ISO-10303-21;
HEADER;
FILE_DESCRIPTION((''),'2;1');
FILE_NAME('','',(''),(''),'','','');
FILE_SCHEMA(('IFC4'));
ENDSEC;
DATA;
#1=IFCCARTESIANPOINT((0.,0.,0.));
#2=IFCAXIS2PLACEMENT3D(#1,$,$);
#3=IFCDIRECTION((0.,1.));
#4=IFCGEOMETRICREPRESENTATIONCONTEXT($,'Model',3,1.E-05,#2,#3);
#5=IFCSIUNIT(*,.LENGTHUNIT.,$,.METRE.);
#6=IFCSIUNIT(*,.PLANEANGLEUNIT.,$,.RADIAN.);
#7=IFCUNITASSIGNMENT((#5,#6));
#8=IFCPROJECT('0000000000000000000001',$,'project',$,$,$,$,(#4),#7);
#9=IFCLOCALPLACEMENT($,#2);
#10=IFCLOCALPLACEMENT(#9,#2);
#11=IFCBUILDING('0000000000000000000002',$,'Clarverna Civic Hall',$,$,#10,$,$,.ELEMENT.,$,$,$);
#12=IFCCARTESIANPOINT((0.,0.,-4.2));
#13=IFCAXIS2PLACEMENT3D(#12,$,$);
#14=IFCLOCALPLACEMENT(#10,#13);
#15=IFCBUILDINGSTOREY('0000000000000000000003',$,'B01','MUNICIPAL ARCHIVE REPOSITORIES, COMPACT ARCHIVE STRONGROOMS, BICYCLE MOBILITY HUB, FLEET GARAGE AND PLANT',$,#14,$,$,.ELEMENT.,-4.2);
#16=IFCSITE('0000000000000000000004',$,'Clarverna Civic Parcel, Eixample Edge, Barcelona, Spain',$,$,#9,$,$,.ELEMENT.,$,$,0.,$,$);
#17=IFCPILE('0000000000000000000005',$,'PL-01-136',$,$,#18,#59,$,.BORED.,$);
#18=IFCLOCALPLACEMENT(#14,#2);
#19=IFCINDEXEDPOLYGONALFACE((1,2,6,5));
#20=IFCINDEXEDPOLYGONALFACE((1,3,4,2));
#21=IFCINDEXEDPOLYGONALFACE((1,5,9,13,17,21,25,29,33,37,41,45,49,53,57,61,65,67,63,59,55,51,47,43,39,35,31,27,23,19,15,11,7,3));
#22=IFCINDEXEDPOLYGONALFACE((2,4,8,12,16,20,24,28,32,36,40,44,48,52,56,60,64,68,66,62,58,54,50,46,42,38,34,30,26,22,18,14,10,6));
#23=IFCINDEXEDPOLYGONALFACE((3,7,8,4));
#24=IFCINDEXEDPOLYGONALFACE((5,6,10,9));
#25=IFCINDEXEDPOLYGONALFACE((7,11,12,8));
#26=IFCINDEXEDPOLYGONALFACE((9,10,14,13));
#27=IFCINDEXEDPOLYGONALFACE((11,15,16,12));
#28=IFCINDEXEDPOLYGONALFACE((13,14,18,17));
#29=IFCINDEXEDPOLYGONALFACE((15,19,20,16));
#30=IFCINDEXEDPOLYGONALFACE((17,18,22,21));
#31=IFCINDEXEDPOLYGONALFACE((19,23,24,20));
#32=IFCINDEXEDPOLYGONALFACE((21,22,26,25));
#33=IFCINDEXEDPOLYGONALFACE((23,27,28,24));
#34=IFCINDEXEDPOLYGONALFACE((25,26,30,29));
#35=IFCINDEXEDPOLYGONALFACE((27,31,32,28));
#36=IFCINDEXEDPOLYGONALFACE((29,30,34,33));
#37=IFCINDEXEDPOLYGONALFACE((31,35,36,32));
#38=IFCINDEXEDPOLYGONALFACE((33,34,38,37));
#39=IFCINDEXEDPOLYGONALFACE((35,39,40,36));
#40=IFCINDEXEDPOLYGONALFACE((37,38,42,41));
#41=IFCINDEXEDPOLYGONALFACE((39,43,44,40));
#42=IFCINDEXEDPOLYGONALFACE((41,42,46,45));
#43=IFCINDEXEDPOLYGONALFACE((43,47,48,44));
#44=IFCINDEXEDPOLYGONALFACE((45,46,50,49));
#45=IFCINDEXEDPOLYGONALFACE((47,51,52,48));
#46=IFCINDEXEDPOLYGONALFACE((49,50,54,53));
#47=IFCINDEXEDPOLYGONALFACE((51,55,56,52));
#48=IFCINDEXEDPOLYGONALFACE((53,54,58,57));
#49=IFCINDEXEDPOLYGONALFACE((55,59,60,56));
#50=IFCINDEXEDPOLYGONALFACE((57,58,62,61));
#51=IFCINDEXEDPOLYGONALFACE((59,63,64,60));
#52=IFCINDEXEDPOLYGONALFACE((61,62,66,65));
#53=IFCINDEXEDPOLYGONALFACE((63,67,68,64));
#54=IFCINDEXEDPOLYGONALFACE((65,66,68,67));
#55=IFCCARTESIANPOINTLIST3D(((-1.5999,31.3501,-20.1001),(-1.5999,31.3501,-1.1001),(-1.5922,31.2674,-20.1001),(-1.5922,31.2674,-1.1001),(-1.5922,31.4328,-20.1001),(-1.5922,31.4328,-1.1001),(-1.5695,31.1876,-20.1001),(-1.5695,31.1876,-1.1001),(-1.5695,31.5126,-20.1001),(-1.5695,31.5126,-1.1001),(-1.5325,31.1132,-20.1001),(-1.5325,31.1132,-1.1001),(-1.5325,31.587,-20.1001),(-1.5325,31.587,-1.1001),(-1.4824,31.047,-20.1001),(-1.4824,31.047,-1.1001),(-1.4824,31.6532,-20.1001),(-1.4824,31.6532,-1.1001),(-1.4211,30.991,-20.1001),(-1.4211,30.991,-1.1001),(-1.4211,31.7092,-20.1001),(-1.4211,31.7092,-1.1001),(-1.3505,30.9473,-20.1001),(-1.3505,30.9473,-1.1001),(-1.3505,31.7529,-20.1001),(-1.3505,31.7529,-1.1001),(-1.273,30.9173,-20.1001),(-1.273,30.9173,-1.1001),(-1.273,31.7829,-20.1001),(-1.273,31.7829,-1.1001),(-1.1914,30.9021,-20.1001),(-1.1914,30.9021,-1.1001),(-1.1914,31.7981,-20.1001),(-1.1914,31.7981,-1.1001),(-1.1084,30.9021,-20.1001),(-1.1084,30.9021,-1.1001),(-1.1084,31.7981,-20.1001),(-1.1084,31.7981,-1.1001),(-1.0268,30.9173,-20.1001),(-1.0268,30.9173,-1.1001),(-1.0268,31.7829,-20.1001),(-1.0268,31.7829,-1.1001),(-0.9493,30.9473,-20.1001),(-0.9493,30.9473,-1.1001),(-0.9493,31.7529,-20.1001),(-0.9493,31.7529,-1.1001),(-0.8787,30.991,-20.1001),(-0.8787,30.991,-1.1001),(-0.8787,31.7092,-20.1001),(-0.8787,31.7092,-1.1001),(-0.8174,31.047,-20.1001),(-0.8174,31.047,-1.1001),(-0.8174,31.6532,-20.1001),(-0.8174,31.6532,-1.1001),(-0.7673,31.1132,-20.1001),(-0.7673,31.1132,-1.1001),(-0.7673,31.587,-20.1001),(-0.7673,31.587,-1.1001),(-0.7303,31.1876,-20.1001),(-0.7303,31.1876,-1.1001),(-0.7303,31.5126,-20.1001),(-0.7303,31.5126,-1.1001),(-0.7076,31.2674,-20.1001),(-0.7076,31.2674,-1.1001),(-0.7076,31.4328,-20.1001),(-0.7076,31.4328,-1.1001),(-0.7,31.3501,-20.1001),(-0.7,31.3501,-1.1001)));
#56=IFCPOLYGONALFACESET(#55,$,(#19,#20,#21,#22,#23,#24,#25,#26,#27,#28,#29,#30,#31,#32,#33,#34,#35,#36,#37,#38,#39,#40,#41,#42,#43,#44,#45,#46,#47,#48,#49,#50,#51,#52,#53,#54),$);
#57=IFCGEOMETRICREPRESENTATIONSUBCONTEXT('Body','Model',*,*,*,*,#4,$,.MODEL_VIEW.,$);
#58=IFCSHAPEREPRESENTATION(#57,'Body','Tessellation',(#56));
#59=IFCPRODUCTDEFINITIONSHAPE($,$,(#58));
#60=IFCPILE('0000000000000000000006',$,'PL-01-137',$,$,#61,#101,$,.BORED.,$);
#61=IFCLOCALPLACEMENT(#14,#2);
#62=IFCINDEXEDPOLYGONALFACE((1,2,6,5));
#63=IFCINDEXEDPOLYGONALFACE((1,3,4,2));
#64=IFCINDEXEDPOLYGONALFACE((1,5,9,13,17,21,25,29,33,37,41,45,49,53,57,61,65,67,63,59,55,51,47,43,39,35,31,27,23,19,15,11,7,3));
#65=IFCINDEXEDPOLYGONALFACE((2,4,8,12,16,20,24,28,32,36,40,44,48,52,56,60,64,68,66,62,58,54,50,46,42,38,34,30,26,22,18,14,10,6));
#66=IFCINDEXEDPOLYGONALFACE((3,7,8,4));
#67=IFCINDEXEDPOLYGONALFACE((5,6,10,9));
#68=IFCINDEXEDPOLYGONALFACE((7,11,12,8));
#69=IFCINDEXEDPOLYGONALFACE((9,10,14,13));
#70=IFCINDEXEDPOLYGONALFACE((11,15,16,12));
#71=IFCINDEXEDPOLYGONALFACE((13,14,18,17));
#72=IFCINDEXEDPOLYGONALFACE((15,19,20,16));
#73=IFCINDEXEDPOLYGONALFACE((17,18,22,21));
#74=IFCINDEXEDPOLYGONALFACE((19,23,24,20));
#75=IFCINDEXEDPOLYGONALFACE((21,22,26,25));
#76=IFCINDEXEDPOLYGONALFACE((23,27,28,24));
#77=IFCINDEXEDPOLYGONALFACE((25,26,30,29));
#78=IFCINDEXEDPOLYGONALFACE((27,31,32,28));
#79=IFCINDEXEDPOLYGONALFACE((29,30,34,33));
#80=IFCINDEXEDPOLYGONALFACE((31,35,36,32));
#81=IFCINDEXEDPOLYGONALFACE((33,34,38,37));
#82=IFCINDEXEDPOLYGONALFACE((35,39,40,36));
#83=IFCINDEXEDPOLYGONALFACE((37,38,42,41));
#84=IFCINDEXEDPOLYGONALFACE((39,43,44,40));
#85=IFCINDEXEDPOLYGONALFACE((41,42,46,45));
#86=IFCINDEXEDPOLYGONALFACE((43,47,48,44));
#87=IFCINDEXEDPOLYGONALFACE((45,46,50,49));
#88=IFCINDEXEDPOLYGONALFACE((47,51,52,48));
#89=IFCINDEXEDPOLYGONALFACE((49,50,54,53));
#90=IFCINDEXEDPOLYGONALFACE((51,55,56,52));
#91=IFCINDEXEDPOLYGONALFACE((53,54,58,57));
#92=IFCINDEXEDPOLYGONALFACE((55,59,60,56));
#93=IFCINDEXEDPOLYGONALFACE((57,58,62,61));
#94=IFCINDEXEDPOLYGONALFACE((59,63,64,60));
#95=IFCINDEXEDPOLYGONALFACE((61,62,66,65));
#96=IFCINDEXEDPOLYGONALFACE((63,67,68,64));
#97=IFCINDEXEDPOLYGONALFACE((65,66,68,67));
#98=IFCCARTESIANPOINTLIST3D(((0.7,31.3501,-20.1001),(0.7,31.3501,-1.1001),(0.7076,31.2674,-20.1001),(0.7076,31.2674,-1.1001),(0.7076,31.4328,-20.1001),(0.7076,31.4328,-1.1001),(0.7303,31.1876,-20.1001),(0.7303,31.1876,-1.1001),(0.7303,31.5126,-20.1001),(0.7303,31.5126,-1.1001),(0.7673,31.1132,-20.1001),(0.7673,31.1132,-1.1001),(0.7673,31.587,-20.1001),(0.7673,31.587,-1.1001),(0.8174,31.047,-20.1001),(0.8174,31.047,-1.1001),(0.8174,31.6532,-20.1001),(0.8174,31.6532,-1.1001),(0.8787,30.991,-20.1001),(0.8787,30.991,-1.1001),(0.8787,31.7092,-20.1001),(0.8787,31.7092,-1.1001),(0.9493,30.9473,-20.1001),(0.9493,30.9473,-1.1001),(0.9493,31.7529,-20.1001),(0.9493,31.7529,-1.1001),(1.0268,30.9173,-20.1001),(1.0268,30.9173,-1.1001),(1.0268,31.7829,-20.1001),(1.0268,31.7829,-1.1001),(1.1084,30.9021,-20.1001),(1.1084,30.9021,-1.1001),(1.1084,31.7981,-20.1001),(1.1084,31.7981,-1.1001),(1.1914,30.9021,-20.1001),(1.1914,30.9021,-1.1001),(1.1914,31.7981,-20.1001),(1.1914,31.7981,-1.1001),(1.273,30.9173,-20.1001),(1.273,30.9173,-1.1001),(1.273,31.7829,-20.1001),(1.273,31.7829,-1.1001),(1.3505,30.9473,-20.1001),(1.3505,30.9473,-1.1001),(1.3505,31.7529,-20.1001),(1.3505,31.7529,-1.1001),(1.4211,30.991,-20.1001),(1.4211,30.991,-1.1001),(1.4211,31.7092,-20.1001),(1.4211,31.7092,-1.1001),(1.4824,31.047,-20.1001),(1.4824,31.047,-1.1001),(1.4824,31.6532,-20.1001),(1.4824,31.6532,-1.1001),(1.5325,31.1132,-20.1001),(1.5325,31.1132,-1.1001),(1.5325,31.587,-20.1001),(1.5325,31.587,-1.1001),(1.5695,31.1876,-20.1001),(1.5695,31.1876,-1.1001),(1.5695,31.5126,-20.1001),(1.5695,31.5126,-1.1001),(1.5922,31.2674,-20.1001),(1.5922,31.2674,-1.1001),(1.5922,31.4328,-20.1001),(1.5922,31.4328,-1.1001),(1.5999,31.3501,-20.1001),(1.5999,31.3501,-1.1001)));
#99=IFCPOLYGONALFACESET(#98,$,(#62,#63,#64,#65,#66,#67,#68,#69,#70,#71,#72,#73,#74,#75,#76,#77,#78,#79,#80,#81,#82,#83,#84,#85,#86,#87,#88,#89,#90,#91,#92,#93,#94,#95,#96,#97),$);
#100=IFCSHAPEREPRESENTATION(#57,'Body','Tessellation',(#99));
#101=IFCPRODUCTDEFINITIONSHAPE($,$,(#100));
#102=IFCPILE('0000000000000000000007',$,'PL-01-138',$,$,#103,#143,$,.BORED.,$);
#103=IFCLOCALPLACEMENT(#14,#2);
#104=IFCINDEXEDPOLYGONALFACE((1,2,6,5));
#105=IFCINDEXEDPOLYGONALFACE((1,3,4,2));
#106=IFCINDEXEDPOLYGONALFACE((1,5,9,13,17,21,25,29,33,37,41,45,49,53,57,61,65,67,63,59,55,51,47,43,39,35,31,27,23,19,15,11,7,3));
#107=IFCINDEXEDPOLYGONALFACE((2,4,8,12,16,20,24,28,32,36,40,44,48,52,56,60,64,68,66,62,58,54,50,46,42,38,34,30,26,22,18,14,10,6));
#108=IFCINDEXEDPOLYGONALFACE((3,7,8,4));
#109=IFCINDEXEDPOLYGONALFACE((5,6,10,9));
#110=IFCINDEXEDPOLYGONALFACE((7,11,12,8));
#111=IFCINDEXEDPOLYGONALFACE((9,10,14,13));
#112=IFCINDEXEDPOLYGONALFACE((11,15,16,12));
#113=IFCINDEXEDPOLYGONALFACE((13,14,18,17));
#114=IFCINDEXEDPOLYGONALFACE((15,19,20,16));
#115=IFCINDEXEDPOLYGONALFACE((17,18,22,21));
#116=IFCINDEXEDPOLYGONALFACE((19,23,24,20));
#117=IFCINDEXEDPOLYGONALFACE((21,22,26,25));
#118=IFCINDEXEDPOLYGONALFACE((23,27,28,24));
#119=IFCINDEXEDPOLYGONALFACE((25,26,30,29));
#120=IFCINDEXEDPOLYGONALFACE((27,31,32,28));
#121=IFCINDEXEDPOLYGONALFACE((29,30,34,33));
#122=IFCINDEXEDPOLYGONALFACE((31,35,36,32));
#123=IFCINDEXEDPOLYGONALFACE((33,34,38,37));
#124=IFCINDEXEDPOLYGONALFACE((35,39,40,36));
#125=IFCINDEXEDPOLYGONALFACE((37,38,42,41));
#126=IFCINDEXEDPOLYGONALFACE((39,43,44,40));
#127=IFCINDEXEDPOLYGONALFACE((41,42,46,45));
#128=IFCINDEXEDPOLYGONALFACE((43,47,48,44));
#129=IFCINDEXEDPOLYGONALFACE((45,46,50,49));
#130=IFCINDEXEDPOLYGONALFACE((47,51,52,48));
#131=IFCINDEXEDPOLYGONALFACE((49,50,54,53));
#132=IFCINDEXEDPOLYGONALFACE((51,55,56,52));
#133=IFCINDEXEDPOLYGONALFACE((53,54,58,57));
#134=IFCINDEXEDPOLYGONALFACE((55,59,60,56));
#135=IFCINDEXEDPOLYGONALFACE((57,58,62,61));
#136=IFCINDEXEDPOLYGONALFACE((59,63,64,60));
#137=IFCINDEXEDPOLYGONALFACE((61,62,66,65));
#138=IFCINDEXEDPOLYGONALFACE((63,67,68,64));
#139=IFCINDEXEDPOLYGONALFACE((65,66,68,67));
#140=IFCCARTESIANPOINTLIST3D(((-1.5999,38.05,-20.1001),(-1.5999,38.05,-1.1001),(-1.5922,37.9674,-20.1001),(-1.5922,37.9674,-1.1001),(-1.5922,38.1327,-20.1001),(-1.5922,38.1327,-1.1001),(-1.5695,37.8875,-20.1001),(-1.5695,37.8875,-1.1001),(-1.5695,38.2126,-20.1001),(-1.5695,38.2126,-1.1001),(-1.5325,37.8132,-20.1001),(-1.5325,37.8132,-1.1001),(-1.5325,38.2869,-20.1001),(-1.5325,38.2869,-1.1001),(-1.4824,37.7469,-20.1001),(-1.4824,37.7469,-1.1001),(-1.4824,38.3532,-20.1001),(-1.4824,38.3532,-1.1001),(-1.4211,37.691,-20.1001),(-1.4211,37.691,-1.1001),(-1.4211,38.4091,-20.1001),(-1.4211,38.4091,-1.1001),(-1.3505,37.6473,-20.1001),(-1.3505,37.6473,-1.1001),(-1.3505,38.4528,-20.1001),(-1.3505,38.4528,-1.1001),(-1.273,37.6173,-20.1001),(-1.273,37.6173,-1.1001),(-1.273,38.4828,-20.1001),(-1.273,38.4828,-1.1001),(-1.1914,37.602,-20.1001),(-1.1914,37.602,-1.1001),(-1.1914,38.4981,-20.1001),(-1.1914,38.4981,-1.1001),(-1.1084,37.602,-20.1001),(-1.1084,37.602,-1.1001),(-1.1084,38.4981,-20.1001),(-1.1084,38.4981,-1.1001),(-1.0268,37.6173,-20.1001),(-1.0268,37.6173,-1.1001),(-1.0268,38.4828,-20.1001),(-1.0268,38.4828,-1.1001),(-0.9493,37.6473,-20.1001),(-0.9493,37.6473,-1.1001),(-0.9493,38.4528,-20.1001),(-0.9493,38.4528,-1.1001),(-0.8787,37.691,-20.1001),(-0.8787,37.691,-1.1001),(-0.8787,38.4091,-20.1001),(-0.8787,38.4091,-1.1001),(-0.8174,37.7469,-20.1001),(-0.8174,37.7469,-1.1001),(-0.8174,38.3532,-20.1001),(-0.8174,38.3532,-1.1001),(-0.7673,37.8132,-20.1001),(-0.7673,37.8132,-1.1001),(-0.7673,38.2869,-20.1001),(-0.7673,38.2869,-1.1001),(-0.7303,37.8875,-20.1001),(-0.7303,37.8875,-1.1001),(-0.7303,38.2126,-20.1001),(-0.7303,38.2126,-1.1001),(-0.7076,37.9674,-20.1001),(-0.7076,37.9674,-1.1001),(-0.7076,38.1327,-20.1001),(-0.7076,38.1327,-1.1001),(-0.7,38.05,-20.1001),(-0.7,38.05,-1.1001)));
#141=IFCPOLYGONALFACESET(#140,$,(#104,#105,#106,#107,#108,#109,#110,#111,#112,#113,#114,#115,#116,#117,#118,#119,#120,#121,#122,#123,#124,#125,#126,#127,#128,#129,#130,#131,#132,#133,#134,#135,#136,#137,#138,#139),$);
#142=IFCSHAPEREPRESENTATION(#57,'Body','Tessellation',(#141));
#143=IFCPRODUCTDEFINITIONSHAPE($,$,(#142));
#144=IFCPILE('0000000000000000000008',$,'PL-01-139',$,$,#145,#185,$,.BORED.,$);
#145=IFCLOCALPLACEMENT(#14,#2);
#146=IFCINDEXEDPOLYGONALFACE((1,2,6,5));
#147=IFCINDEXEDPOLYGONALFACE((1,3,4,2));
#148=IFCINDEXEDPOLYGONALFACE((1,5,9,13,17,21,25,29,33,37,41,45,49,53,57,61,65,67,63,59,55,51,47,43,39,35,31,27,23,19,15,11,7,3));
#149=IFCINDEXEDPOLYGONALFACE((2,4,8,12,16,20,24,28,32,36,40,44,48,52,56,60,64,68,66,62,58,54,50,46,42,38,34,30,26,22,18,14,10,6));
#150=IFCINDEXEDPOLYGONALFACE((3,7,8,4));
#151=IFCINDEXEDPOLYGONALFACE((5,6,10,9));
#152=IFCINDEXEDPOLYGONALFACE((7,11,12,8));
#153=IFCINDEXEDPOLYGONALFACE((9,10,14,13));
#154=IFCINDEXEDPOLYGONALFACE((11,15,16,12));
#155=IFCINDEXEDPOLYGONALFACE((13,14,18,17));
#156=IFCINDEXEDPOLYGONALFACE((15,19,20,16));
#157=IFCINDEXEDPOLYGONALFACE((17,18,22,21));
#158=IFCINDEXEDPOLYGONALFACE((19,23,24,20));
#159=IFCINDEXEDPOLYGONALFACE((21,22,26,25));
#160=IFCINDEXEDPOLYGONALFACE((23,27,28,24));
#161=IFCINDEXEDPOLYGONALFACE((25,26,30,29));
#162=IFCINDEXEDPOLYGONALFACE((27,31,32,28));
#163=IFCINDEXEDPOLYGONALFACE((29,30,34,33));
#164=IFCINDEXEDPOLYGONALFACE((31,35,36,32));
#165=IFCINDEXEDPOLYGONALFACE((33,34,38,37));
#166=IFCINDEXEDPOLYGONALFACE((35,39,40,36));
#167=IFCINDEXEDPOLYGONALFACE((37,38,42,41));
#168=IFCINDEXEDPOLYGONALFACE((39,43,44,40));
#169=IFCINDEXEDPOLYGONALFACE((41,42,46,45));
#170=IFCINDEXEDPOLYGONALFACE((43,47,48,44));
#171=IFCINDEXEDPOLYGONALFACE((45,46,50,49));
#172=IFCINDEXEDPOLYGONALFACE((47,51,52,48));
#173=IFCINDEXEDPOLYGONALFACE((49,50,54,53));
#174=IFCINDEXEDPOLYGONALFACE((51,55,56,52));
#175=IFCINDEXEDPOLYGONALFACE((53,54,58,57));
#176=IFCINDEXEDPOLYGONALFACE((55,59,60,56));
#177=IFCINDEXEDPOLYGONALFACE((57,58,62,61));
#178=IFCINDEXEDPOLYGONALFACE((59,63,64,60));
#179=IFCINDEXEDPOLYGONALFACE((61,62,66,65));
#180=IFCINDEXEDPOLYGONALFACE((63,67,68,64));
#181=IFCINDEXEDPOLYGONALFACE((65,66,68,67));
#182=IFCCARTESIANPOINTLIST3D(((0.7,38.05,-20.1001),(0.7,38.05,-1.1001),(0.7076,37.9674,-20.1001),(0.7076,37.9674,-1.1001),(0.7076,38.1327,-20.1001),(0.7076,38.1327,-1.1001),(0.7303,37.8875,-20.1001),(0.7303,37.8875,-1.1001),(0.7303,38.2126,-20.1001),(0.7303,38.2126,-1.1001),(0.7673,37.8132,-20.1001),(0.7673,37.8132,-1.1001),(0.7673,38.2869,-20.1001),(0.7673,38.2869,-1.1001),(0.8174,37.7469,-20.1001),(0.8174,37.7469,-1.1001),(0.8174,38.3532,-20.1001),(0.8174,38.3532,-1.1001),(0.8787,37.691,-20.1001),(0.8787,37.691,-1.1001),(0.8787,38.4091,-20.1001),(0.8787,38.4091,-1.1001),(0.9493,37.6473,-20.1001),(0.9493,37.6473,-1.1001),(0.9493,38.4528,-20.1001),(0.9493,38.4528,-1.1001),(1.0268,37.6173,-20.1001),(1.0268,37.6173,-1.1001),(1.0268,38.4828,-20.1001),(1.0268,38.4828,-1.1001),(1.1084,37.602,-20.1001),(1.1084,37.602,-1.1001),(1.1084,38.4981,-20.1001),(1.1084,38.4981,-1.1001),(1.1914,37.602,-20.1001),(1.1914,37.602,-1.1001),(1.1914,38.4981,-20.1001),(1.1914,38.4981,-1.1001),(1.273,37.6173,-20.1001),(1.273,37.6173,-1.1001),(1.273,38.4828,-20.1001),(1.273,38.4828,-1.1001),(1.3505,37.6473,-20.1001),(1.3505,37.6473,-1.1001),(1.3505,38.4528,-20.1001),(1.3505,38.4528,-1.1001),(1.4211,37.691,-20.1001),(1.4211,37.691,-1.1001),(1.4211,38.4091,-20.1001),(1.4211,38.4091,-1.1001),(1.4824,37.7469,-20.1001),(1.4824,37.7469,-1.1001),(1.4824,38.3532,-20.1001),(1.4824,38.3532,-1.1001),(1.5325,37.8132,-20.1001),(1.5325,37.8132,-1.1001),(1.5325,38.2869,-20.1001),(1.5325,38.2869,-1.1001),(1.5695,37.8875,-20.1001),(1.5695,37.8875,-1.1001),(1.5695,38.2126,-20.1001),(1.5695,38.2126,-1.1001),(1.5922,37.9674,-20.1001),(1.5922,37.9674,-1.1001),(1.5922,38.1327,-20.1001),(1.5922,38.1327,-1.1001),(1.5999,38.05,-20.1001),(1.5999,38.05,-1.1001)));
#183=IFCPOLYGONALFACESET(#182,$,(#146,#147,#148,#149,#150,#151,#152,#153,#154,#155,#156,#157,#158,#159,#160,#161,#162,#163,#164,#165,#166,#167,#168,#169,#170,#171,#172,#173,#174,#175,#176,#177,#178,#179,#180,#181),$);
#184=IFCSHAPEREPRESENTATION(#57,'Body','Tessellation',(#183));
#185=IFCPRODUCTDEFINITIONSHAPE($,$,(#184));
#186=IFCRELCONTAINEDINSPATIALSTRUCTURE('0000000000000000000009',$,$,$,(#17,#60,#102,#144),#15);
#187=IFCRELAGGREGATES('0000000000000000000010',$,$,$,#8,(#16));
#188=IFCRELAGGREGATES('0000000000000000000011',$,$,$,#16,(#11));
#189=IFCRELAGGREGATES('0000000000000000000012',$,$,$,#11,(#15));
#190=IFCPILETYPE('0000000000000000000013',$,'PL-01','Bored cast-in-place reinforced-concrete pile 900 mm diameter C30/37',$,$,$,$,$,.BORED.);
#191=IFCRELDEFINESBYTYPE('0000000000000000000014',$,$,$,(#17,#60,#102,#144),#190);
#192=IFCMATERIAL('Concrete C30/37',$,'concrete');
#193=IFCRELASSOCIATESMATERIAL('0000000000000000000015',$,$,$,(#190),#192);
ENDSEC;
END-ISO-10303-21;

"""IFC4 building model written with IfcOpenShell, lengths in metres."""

from ifc_helpers import new_model, si_unit, direction, frame, origin, origin_2d, place, context, subcontext, project, spatial, circle, extrude, material, material_profile, profile_set, type_object, element, save


model = new_model("IFC4")

# Units and contexts
model_context = context("Model", 3, precision=1e-05, world=origin(), true_north=direction((0.0, 1.0)))
body_context = subcontext(model_context, "Body", "Model", "MODEL_VIEW")
ifc_project = project(units=[si_unit("LENGTHUNIT", "METRE"), si_unit("PLANEANGLEUNIT", "RADIAN")], contexts=[model_context])

# Site, building, storey
site_placement = place(None, origin())
site = spatial("IfcSite", under=ifc_project, at=site_placement, Name="Clarverna Civic Parcel, Eixample Edge, Barcelona, Spain", CompositionType="ELEMENT", RefElevation=0.0)
building_placement = place(site_placement, origin())
building = spatial("IfcBuilding", under=site, at=building_placement, Name="Clarverna Civic Hall", CompositionType="ELEMENT")
storey_placement = place(building_placement, frame((0.0, 0.0, -4.2)))
storey = spatial("IfcBuildingStorey", under=building, at=storey_placement, Name="B01", Description="MUNICIPAL ARCHIVE REPOSITORIES, COMPACT ARCHIVE STRONGROOMS, BICYCLE MOBILITY HUB, FLEET GARAGE AND PLANT", CompositionType="ELEMENT", Elevation=-4.2)

# Shared definitions
ifc_material_1 = material(Name="Concrete C30/37", Category="concrete")

# Piles
ifc_material_profile_1 = material_profile(ifc_material_1, circle(Radius=0.45, at=origin_2d()), Name="BORED PILE D900")
ifc_profile_set_1 = profile_set([ifc_material_profile_1], Name="Concrete C30/37")
pile_type = type_object("IfcPileType", Name="PL-01", Description="Bored cast-in-place reinforced-concrete pile 900 mm diameter C30/37", PredefinedType="BORED", material=ifc_profile_set_1)
for number, where, z_axis, x_axis, name in (
    (1, (-1.1499, 31.3501, -1.1001), (0.0, 0.0, -1.0), (1.0, 0.0, 0.0), "PL-01-136"),
    (2, (1.1499, 31.3501, -1.1001), (0.0, 0.0, -1.0), (1.0, 0.0, 0.0), "PL-01-137"),
    (3, (-1.1499, 38.05, -1.1001), (0.0, 0.0, -1.0), (1.0, 0.0, 0.0), "PL-01-138"),
    (4, (1.1499, 38.05, -1.1001), (0.0, 0.0, -1.0), (1.0, 0.0, 0.0), "PL-01-139"),
):
    element("IfcPile", number, at=place(storey_placement, frame(where, z_axis=z_axis, x_axis=x_axis)), inside=storey, type_object=pile_type, Name=name, PredefinedType="BORED", context=body_context, shape_type="SweptSolid", body=[
        extrude(circle(Radius=0.45, at=origin_2d()), origin(), (0.0, 0.0, 1.0), 19.0),
    ])

save(model, "model.ifc")
